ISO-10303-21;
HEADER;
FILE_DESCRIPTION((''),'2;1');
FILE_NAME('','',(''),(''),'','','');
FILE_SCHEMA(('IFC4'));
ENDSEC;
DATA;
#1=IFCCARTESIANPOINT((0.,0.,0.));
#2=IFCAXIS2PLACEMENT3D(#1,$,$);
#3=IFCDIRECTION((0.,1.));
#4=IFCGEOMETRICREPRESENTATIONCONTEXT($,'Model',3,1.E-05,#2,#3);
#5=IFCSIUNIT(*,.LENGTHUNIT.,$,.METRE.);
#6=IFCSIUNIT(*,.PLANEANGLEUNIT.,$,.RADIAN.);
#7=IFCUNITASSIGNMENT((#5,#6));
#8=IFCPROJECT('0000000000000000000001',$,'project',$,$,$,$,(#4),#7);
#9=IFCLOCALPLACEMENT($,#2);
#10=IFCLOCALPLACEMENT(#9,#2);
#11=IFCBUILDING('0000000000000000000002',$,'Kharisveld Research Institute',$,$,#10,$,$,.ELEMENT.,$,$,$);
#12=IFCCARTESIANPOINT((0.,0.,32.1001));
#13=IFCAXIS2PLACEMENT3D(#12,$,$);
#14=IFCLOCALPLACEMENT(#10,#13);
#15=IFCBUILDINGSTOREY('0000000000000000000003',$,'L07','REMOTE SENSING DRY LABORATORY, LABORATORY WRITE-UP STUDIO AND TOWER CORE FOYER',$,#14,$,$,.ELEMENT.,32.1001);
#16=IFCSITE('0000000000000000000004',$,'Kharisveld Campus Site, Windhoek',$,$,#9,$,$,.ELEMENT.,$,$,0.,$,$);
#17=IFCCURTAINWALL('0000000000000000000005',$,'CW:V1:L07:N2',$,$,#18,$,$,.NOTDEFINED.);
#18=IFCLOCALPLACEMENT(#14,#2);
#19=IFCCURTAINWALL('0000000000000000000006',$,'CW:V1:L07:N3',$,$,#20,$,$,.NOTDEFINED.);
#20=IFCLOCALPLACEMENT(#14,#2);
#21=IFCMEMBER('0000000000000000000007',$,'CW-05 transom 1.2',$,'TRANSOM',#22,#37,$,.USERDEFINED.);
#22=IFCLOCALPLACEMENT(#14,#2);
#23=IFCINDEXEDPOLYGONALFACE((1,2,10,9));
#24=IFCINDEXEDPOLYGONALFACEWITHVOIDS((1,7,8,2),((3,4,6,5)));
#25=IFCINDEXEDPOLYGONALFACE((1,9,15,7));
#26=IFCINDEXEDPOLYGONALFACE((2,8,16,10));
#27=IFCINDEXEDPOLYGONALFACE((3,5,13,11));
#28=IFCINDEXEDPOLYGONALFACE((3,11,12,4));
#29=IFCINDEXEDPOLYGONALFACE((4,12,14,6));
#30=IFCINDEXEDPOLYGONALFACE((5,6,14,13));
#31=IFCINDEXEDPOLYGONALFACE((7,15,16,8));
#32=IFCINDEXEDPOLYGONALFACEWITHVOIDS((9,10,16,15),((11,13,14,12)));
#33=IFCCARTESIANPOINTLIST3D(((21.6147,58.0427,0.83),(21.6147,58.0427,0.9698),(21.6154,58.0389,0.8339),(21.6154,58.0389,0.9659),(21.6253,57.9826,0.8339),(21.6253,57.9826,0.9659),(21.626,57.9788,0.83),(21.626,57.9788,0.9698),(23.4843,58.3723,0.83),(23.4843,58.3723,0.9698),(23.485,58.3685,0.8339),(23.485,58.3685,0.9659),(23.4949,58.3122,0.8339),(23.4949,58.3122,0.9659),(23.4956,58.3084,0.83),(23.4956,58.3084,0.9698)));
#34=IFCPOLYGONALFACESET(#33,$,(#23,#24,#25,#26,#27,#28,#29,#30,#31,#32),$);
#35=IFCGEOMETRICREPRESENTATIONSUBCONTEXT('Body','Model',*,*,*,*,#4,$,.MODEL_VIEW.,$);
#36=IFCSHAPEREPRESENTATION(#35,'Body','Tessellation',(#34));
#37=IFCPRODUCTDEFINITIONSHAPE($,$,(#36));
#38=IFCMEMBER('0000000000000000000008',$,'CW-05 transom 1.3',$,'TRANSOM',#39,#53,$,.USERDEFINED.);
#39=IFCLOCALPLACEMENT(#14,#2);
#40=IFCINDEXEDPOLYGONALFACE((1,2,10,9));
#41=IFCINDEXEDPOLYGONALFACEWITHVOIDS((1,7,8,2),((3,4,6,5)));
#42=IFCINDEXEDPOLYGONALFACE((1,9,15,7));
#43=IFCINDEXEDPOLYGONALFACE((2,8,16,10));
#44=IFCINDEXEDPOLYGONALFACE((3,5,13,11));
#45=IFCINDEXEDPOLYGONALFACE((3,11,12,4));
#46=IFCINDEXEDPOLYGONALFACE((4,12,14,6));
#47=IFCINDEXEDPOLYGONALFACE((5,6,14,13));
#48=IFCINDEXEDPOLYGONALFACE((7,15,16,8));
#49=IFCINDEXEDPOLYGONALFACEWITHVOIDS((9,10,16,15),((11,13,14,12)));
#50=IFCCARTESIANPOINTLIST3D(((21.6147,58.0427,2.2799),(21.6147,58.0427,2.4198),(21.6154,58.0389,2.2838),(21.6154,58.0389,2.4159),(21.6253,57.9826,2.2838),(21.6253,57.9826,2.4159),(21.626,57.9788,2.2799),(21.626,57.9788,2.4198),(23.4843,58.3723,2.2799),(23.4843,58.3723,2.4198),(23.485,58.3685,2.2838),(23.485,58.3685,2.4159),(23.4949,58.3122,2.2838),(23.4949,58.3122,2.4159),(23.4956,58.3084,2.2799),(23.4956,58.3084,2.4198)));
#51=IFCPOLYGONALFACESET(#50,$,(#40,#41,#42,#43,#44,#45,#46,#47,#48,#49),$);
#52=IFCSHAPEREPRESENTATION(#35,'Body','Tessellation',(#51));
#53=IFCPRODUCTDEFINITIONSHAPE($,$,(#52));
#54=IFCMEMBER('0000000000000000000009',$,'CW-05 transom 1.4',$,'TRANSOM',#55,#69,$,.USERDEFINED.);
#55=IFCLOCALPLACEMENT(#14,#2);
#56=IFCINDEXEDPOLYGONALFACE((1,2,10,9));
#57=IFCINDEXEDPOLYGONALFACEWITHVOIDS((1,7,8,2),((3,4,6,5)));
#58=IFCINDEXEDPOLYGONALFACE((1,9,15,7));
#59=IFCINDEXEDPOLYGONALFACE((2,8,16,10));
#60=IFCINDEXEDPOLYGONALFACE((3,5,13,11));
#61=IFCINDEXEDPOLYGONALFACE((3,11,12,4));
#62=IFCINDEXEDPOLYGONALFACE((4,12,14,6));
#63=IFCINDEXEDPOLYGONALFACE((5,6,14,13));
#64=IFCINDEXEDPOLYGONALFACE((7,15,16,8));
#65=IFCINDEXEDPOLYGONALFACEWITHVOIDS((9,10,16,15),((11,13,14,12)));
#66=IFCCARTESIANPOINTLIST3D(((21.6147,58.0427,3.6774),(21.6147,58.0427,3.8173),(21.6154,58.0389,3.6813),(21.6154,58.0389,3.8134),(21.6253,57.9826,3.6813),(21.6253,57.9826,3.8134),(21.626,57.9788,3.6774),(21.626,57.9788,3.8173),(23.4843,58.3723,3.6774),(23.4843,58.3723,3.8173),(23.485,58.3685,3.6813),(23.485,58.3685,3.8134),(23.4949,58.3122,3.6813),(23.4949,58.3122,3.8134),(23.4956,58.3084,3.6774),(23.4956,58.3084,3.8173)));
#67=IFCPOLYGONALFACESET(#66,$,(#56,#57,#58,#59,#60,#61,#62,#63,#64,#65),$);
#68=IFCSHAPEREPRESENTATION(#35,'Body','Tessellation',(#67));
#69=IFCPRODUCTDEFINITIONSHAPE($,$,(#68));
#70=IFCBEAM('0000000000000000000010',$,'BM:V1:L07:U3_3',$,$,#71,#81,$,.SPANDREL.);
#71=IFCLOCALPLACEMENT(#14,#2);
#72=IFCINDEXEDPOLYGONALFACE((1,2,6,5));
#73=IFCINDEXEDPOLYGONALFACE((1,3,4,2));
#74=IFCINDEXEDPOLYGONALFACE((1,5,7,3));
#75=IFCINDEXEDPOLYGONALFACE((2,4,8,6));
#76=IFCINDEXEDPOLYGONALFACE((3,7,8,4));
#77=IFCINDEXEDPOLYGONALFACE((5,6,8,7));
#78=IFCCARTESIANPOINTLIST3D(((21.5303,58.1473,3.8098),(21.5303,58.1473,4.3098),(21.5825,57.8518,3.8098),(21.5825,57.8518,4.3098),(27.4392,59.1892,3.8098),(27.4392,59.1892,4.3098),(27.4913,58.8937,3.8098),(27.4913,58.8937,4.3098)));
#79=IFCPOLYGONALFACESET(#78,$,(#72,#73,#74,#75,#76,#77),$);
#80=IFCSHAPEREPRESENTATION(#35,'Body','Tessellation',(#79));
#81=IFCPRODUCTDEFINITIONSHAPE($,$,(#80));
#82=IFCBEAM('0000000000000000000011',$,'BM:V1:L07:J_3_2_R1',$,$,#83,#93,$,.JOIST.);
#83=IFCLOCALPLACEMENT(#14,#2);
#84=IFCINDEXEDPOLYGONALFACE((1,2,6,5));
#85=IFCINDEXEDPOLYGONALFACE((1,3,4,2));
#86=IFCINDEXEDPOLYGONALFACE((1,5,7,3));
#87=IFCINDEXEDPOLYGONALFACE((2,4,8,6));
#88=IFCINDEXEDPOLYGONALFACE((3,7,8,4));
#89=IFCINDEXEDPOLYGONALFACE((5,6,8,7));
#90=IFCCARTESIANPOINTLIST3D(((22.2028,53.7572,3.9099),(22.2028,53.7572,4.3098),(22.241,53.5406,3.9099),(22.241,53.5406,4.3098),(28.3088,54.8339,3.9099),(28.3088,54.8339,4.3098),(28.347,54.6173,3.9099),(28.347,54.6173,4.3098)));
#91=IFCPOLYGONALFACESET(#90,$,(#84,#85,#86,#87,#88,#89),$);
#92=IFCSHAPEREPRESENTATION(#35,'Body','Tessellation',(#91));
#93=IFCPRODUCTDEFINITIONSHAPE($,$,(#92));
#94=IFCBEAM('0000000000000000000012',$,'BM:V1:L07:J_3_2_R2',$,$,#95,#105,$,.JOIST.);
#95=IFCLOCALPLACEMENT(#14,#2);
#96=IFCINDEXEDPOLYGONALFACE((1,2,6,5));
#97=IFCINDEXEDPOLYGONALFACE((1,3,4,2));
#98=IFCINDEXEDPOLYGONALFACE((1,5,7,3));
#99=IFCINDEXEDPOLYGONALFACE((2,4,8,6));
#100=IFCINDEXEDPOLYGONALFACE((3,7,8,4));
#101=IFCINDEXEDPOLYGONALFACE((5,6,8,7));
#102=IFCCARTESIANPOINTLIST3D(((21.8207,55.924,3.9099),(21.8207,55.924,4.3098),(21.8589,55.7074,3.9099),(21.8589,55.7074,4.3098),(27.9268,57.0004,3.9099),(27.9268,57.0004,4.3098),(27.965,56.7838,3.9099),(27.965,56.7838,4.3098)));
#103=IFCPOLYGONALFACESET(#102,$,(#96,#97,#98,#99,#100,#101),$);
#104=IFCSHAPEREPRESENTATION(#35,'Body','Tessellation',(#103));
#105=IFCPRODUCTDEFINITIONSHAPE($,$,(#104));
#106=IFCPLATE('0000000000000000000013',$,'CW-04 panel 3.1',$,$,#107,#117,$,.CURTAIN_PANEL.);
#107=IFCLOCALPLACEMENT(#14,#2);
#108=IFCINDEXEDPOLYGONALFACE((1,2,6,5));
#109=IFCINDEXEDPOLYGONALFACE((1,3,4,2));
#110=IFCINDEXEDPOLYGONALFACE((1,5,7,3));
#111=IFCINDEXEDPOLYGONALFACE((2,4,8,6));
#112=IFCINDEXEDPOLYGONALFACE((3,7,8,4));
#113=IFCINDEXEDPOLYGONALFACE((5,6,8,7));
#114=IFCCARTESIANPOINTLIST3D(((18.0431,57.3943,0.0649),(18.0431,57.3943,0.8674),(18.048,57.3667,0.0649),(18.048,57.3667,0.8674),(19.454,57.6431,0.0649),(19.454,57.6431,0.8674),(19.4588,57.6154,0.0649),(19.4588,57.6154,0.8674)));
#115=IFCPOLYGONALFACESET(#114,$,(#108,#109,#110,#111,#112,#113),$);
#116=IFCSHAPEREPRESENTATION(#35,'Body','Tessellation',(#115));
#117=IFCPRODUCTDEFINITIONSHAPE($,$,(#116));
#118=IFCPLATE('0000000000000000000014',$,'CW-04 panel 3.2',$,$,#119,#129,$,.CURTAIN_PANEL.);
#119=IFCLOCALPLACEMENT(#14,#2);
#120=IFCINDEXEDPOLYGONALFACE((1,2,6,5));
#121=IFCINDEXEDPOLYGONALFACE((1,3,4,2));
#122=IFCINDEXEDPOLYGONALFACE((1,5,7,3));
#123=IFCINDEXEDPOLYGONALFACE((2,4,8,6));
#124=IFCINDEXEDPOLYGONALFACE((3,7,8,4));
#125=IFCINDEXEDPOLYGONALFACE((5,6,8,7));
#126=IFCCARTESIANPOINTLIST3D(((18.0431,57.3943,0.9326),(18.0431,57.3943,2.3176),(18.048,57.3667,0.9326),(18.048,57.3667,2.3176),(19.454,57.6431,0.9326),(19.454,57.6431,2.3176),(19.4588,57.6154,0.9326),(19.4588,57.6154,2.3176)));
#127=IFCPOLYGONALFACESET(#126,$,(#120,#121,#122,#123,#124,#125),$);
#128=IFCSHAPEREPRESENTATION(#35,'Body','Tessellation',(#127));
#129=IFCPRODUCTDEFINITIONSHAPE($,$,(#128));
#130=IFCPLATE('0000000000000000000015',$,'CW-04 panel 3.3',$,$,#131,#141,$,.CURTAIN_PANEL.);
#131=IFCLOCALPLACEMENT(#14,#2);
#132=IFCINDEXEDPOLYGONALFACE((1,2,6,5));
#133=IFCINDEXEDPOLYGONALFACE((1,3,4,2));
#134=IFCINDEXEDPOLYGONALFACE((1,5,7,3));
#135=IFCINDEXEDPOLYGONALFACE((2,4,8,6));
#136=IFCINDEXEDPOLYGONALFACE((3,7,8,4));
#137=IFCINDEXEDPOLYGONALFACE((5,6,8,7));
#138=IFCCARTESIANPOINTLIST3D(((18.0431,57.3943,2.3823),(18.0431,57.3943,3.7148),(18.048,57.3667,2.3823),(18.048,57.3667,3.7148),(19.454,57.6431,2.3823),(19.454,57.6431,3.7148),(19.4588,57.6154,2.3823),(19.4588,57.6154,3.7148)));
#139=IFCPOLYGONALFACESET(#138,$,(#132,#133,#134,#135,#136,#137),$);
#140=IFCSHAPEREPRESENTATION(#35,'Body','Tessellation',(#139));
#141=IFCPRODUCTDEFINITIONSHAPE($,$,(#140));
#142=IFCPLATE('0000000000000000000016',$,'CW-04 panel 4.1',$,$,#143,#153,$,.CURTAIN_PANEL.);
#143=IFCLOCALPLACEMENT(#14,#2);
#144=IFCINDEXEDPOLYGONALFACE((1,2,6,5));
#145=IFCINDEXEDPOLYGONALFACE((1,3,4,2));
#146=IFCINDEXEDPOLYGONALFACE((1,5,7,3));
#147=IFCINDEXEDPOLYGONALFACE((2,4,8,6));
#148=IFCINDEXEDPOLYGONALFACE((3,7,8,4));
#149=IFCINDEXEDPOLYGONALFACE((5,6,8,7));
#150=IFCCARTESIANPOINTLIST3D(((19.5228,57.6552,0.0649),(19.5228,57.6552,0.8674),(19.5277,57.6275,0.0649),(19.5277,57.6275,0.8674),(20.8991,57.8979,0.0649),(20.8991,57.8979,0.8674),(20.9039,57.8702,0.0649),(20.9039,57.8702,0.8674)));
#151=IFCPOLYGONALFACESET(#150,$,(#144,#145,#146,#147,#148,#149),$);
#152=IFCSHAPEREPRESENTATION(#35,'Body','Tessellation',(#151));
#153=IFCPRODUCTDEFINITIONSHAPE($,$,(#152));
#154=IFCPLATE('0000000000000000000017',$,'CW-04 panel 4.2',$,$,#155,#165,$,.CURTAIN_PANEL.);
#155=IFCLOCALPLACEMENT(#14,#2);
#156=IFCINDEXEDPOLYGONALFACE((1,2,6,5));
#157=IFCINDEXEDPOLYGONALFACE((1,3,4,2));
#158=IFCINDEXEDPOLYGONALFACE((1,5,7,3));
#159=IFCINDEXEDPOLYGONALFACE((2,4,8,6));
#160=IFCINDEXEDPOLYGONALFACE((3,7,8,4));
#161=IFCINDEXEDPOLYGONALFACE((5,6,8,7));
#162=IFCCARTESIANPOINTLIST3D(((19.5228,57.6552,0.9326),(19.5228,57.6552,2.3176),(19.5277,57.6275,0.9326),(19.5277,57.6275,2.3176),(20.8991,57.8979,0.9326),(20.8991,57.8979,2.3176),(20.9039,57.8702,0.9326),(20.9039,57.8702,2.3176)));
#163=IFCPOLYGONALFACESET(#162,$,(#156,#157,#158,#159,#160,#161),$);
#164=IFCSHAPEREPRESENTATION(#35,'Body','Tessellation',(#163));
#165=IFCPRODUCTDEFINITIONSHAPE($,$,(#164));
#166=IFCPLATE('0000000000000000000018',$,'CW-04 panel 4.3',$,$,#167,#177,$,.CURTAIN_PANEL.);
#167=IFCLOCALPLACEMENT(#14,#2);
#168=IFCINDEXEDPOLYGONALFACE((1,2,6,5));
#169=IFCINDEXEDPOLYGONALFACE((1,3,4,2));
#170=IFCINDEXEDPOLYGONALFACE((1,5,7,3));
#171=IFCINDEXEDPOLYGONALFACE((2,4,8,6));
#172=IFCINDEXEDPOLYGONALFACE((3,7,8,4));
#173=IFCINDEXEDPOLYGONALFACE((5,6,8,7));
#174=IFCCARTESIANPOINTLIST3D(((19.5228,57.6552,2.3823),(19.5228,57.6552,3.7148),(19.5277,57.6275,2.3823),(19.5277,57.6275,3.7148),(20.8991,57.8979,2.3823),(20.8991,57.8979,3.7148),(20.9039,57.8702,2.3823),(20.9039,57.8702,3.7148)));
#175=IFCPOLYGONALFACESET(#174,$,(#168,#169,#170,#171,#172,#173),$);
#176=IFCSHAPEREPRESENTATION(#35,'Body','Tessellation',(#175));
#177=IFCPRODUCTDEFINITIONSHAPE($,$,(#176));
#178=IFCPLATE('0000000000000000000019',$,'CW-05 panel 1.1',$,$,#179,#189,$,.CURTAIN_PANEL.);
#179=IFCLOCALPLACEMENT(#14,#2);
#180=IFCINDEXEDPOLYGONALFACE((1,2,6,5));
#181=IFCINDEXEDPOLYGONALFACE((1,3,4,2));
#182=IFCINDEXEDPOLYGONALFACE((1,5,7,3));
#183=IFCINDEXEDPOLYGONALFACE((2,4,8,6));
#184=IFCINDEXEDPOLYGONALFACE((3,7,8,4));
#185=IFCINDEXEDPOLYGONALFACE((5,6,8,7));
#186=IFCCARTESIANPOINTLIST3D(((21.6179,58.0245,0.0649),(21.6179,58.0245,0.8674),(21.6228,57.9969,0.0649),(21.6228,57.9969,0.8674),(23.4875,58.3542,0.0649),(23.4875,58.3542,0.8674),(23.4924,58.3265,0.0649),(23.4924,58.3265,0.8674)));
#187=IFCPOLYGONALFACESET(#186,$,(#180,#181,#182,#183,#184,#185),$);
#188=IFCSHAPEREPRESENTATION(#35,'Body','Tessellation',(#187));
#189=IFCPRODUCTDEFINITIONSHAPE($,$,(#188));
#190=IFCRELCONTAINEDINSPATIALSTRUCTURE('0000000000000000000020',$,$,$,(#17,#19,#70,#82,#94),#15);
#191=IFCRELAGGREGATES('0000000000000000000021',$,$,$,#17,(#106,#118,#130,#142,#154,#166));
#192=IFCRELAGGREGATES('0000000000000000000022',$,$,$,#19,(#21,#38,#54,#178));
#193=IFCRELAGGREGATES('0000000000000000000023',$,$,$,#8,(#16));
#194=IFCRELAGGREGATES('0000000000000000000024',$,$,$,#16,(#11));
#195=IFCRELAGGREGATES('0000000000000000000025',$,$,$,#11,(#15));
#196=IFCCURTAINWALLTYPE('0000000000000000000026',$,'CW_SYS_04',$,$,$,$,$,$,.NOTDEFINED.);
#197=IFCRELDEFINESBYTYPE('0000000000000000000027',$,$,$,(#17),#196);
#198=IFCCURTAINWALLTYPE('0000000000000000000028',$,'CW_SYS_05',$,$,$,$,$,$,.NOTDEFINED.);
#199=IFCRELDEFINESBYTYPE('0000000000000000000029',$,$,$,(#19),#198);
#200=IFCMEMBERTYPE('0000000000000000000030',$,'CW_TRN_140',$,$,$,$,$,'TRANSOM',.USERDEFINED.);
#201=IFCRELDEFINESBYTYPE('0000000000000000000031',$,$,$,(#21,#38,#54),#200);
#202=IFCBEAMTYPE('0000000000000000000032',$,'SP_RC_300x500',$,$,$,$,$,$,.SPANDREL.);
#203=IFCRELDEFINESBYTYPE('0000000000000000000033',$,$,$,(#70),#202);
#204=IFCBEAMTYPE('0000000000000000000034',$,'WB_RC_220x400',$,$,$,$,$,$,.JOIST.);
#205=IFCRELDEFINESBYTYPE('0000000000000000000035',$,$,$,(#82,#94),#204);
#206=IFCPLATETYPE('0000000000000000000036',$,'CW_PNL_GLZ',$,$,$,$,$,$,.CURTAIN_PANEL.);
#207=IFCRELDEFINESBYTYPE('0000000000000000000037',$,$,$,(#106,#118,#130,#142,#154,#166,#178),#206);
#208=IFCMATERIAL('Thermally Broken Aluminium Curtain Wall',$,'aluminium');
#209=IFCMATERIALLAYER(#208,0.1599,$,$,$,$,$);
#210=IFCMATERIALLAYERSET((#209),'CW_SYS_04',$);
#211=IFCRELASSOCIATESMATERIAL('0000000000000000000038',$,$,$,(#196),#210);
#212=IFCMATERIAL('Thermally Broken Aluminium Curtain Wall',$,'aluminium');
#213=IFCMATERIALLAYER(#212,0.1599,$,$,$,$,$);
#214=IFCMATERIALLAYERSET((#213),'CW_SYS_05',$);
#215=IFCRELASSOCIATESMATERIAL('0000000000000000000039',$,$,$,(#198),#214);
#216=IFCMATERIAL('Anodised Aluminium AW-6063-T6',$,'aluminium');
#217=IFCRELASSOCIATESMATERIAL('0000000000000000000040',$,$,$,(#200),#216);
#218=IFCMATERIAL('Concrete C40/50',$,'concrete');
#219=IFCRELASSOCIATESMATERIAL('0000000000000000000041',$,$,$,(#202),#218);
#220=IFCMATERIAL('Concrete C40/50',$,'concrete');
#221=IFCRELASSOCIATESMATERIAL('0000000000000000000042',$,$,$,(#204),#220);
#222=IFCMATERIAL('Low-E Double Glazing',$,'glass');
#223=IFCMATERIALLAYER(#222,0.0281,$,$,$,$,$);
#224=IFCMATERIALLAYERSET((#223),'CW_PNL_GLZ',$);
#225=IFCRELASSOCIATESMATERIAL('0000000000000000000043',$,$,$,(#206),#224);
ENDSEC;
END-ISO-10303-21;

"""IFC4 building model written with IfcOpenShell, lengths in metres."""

from ifc_helpers import new_model, si_unit, direction, frame, origin, origin_2d, place, context, subcontext, project, spatial, rectangle, hollow_rectangle, extrude, material, layer, layer_set, material_profile, profile_set, type_object, element, aggregate, save


model = new_model("IFC4")

# Units and contexts
model_context = context("Model", 3, precision=1e-05, world=origin(), true_north=direction((0.0, 1.0)))
body_context = subcontext(model_context, "Body", "Model", "MODEL_VIEW")
ifc_project = project(units=[si_unit("LENGTHUNIT", "METRE"), si_unit("PLANEANGLEUNIT", "RADIAN")], contexts=[model_context])

# Site, building, storey
site_placement = place(None, origin())
site = spatial("IfcSite", under=ifc_project, at=site_placement, Name="Kharisveld Campus Site, Windhoek", CompositionType="ELEMENT", RefElevation=0.0)
building_placement = place(site_placement, origin())
building = spatial("IfcBuilding", under=site, at=building_placement, Name="Kharisveld Research Institute", CompositionType="ELEMENT")
storey_placement = place(building_placement, frame((0.0, 0.0, 32.1001)))
storey = spatial("IfcBuildingStorey", under=building, at=storey_placement, Name="L07", Description="REMOTE SENSING DRY LABORATORY, LABORATORY WRITE-UP STUDIO AND TOWER CORE FOYER", CompositionType="ELEMENT", Elevation=32.1001)

# Curtain wall
ifc_material_1 = material(Name="Thermally Broken Aluminium Curtain Wall", Category="aluminium")
ifc_layer_1 = layer(ifc_material_1, 0.1599)
ifc_layer_set_1 = layer_set([ifc_layer_1], Name="CW_SYS_04")
curtain_wall_type_1 = type_object("IfcCurtainWallType", Name="CW_SYS_04", PredefinedType="NOTDEFINED", material=ifc_layer_set_1)
curtain_wall_1_placement = place(storey_placement, origin())
curtain_wall_1 = element("IfcCurtainWall", 1, at=curtain_wall_1_placement, inside=storey, type_object=curtain_wall_type_1, Name="CW:V1:L07:N2", PredefinedType="NOTDEFINED")

# Curtain wall
ifc_material_2 = material(Name="Thermally Broken Aluminium Curtain Wall", Category="aluminium")
ifc_layer_2 = layer(ifc_material_2, 0.1599)
ifc_layer_set_2 = layer_set([ifc_layer_2], Name="CW_SYS_05")
curtain_wall_type_2 = type_object("IfcCurtainWallType", Name="CW_SYS_05", PredefinedType="NOTDEFINED", material=ifc_layer_set_2)
curtain_wall_2_placement = place(storey_placement, origin())
curtain_wall_2 = element("IfcCurtainWall", 2, at=curtain_wall_2_placement, inside=storey, type_object=curtain_wall_type_2, Name="CW:V1:L07:N3", PredefinedType="NOTDEFINED")

# Members
ifc_material_3 = material(Name="Anodised Aluminium AW-6063-T6", Category="aluminium")
ifc_material_profile_1 = material_profile(ifc_material_3, hollow_rectangle(XDim=0.0649, YDim=0.1399, WallThickness=0.0039, at=origin_2d()))
ifc_profile_set_1 = profile_set([ifc_material_profile_1], Name="Anodised Aluminium AW-6063-T6")
member_type_1 = type_object("IfcMemberType", Name="CW_TRN_140", ElementType="TRANSOM", PredefinedType="USERDEFINED", material=ifc_profile_set_1)
member_1_placement = place(storey_placement, frame((21.6204, 58.0107, 0.8999), z_axis=(0.984815, 0.173609, 0.0), x_axis=(-0.173609, 0.984815, 0.0)))
member_1 = element("IfcMember", 3, at=member_1_placement, type_object=member_type_1, Name="CW-05 transom 1.2", ObjectType="TRANSOM", PredefinedType="USERDEFINED", context=body_context, shape_type="SweptSolid", body=[
    extrude(hollow_rectangle(XDim=0.0649, YDim=0.1399, WallThickness=0.0039, at=origin_2d()), origin(), (0.0, 0.0, 1.0), 1.8984),
])
member_2_placement = place(storey_placement, frame((21.6204, 58.0107, 2.3499), z_axis=(0.984815, 0.173609, 0.0), x_axis=(-0.173609, 0.984815, 0.0)))
member_2 = element("IfcMember", 4, at=member_2_placement, type_object=member_type_1, Name="CW-05 transom 1.3", ObjectType="TRANSOM", PredefinedType="USERDEFINED", context=body_context, shape_type="SweptSolid", body=[
    extrude(hollow_rectangle(XDim=0.0649, YDim=0.1399, WallThickness=0.0039, at=origin_2d()), origin(), (0.0, 0.0, 1.0), 1.8984),
])
member_3_placement = place(storey_placement, frame((21.6204, 58.0107, 3.7473), z_axis=(0.984815, 0.173609, 0.0), x_axis=(-0.173609, 0.984815, 0.0)))
member_3 = element("IfcMember", 5, at=member_3_placement, type_object=member_type_1, Name="CW-05 transom 1.4", ObjectType="TRANSOM", PredefinedType="USERDEFINED", context=body_context, shape_type="SweptSolid", body=[
    extrude(hollow_rectangle(XDim=0.0649, YDim=0.1399, WallThickness=0.0039, at=origin_2d()), origin(), (0.0, 0.0, 1.0), 1.8984),
])

# Beams
ifc_material_4 = material(Name="Concrete C40/50", Category="concrete")
ifc_material_profile_2 = material_profile(ifc_material_4, rectangle(XDim=0.3, YDim=0.5, at=origin_2d()))
ifc_profile_set_2 = profile_set([ifc_material_profile_2], Name="Concrete C40/50")
beam_type_1 = type_object("IfcBeamType", Name="SP_RC_300x500", PredefinedType="SPANDREL", material=ifc_profile_set_2)
beam_1_placement = place(storey_placement, frame((21.5564, 57.9995, 4.0598), z_axis=(0.984805, 0.173662, 0.0), x_axis=(-0.173662, 0.984805, 0.0)))
element("IfcBeam", 6, at=beam_1_placement, inside=storey, type_object=beam_type_1, Name="BM:V1:L07:U3_3", PredefinedType="SPANDREL", context=body_context, shape_type="SweptSolid", body=[
    extrude(rectangle(XDim=0.3, YDim=0.5, at=origin_2d()), origin(), (0.0, 0.0, 1.0), 6.0),
])
ifc_material_5 = material(Name="Concrete C40/50", Category="concrete")
ifc_material_profile_3 = material_profile(ifc_material_5, rectangle(XDim=0.22, YDim=0.3999, at=origin_2d()))
ifc_profile_set_3 = profile_set([ifc_material_profile_3], Name="Concrete C40/50")
beam_type_2 = type_object("IfcBeamType", Name="WB_RC_220x400", PredefinedType="JOIST", material=ifc_profile_set_3)
for number, where, z_axis, x_axis, name in (
    (7, (22.2219, 53.6489, 4.1099), (0.984807, 0.173651, 0.0), (-0.173651, 0.984807, 0.0), "BM:V1:L07:J_3_2_R1"),
    (8, (21.8398, 55.8157, 4.1099), (0.984814, 0.173612, 0.0), (-0.173612, 0.984814, 0.0), "BM:V1:L07:J_3_2_R2"),
):
    element("IfcBeam", number, at=place(storey_placement, frame(where, z_axis=z_axis, x_axis=x_axis)), inside=storey, type_object=beam_type_2, Name=name, PredefinedType="JOIST", context=body_context, shape_type="SweptSolid", body=[
        extrude(rectangle(XDim=0.22, YDim=0.3999, at=origin_2d()), origin(), (0.0, 0.0, 1.0), 6.2002),
    ])

# Plates
ifc_material_6 = material(Name="Low-E Double Glazing", Category="glass")
ifc_layer_3 = layer(ifc_material_6, 0.0281)
ifc_layer_set_3 = layer_set([ifc_layer_3], Name="CW_PNL_GLZ")
plate_type = type_object("IfcPlateType", Name="CW_PNL_GLZ", PredefinedType="CURTAIN_PANEL", material=ifc_layer_set_3)
plate_1_placement = place(storey_placement, frame((18.751, 57.5049, 0.0649), z_axis=(0.0, 0.0, 1.0), x_axis=(0.984808, 0.173648, 0.0)))
plate_1 = element("IfcPlate", 9, at=plate_1_placement, type_object=plate_type, Name="CW-04 panel 3.1", PredefinedType="CURTAIN_PANEL", context=body_context, shape_type="SweptSolid", body=[
    extrude(rectangle(XDim=1.4326, YDim=0.0281, at=origin_2d()), origin(), (0.0, 0.0, 1.0), 0.8025),
])
plate_2_placement = place(storey_placement, frame((18.751, 57.5049, 0.9326), z_axis=(0.0, 0.0, 1.0), x_axis=(0.984808, 0.173648, 0.0)))
plate_2 = element("IfcPlate", 10, at=plate_2_placement, type_object=plate_type, Name="CW-04 panel 3.2", PredefinedType="CURTAIN_PANEL", context=body_context, shape_type="SweptSolid", body=[
    extrude(rectangle(XDim=1.4326, YDim=0.0281, at=origin_2d()), origin(), (0.0, 0.0, 1.0), 1.385),
])
plate_3_placement = place(storey_placement, frame((18.751, 57.5049, 2.3823), z_axis=(0.0, 0.0, 1.0), x_axis=(0.984808, 0.173648, 0.0)))
plate_3 = element("IfcPlate", 11, at=plate_3_placement, type_object=plate_type, Name="CW-04 panel 3.3", PredefinedType="CURTAIN_PANEL", context=body_context, shape_type="SweptSolid", body=[
    extrude(rectangle(XDim=1.4326, YDim=0.0281, at=origin_2d()), origin(), (0.0, 0.0, 1.0), 1.3325),
])
plate_4_placement = place(storey_placement, frame((20.2134, 57.7627, 0.0649), z_axis=(0.0, 0.0, 1.0), x_axis=(0.984808, 0.173648, 0.0)))
plate_4 = element("IfcPlate", 12, at=plate_4_placement, type_object=plate_type, Name="CW-04 panel 4.1", PredefinedType="CURTAIN_PANEL", context=body_context, shape_type="SweptSolid", body=[
    extrude(rectangle(XDim=1.3975, YDim=0.0281, at=origin_2d()), origin(), (0.0, 0.0, 1.0), 0.8025),
])
plate_5_placement = place(storey_placement, frame((20.2134, 57.7627, 0.9326), z_axis=(0.0, 0.0, 1.0), x_axis=(0.984808, 0.173648, 0.0)))
plate_5 = element("IfcPlate", 13, at=plate_5_placement, type_object=plate_type, Name="CW-04 panel 4.2", PredefinedType="CURTAIN_PANEL", context=body_context, shape_type="SweptSolid", body=[
    extrude(rectangle(XDim=1.3975, YDim=0.0281, at=origin_2d()), origin(), (0.0, 0.0, 1.0), 1.385),
])
plate_6_placement = place(storey_placement, frame((20.2134, 57.7627, 2.3823), z_axis=(0.0, 0.0, 1.0), x_axis=(0.984808, 0.173648, 0.0)))
plate_6 = element("IfcPlate", 14, at=plate_6_placement, type_object=plate_type, Name="CW-04 panel 4.3", PredefinedType="CURTAIN_PANEL", context=body_context, shape_type="SweptSolid", body=[
    extrude(rectangle(XDim=1.3975, YDim=0.0281, at=origin_2d()), origin(), (0.0, 0.0, 1.0), 1.3325),
])
aggregate(curtain_wall_1, [plate_1, plate_2, plate_3, plate_4, plate_5, plate_6])
plate_7_placement = place(storey_placement, frame((22.5552, 58.1755, 0.0649), z_axis=(0.0, 0.0, 1.0), x_axis=(0.984808, 0.173648, 0.0)))
plate_7 = element("IfcPlate", 15, at=plate_7_placement, type_object=plate_type, Name="CW-05 panel 1.1", PredefinedType="CURTAIN_PANEL", context=body_context, shape_type="SweptSolid", body=[
    extrude(rectangle(XDim=1.8984, YDim=0.0281, at=origin_2d()), origin(), (0.0, 0.0, 1.0), 0.8025),
])
aggregate(curtain_wall_2, [member_1, member_2, member_3, plate_7])

save(model, "model.ifc")
